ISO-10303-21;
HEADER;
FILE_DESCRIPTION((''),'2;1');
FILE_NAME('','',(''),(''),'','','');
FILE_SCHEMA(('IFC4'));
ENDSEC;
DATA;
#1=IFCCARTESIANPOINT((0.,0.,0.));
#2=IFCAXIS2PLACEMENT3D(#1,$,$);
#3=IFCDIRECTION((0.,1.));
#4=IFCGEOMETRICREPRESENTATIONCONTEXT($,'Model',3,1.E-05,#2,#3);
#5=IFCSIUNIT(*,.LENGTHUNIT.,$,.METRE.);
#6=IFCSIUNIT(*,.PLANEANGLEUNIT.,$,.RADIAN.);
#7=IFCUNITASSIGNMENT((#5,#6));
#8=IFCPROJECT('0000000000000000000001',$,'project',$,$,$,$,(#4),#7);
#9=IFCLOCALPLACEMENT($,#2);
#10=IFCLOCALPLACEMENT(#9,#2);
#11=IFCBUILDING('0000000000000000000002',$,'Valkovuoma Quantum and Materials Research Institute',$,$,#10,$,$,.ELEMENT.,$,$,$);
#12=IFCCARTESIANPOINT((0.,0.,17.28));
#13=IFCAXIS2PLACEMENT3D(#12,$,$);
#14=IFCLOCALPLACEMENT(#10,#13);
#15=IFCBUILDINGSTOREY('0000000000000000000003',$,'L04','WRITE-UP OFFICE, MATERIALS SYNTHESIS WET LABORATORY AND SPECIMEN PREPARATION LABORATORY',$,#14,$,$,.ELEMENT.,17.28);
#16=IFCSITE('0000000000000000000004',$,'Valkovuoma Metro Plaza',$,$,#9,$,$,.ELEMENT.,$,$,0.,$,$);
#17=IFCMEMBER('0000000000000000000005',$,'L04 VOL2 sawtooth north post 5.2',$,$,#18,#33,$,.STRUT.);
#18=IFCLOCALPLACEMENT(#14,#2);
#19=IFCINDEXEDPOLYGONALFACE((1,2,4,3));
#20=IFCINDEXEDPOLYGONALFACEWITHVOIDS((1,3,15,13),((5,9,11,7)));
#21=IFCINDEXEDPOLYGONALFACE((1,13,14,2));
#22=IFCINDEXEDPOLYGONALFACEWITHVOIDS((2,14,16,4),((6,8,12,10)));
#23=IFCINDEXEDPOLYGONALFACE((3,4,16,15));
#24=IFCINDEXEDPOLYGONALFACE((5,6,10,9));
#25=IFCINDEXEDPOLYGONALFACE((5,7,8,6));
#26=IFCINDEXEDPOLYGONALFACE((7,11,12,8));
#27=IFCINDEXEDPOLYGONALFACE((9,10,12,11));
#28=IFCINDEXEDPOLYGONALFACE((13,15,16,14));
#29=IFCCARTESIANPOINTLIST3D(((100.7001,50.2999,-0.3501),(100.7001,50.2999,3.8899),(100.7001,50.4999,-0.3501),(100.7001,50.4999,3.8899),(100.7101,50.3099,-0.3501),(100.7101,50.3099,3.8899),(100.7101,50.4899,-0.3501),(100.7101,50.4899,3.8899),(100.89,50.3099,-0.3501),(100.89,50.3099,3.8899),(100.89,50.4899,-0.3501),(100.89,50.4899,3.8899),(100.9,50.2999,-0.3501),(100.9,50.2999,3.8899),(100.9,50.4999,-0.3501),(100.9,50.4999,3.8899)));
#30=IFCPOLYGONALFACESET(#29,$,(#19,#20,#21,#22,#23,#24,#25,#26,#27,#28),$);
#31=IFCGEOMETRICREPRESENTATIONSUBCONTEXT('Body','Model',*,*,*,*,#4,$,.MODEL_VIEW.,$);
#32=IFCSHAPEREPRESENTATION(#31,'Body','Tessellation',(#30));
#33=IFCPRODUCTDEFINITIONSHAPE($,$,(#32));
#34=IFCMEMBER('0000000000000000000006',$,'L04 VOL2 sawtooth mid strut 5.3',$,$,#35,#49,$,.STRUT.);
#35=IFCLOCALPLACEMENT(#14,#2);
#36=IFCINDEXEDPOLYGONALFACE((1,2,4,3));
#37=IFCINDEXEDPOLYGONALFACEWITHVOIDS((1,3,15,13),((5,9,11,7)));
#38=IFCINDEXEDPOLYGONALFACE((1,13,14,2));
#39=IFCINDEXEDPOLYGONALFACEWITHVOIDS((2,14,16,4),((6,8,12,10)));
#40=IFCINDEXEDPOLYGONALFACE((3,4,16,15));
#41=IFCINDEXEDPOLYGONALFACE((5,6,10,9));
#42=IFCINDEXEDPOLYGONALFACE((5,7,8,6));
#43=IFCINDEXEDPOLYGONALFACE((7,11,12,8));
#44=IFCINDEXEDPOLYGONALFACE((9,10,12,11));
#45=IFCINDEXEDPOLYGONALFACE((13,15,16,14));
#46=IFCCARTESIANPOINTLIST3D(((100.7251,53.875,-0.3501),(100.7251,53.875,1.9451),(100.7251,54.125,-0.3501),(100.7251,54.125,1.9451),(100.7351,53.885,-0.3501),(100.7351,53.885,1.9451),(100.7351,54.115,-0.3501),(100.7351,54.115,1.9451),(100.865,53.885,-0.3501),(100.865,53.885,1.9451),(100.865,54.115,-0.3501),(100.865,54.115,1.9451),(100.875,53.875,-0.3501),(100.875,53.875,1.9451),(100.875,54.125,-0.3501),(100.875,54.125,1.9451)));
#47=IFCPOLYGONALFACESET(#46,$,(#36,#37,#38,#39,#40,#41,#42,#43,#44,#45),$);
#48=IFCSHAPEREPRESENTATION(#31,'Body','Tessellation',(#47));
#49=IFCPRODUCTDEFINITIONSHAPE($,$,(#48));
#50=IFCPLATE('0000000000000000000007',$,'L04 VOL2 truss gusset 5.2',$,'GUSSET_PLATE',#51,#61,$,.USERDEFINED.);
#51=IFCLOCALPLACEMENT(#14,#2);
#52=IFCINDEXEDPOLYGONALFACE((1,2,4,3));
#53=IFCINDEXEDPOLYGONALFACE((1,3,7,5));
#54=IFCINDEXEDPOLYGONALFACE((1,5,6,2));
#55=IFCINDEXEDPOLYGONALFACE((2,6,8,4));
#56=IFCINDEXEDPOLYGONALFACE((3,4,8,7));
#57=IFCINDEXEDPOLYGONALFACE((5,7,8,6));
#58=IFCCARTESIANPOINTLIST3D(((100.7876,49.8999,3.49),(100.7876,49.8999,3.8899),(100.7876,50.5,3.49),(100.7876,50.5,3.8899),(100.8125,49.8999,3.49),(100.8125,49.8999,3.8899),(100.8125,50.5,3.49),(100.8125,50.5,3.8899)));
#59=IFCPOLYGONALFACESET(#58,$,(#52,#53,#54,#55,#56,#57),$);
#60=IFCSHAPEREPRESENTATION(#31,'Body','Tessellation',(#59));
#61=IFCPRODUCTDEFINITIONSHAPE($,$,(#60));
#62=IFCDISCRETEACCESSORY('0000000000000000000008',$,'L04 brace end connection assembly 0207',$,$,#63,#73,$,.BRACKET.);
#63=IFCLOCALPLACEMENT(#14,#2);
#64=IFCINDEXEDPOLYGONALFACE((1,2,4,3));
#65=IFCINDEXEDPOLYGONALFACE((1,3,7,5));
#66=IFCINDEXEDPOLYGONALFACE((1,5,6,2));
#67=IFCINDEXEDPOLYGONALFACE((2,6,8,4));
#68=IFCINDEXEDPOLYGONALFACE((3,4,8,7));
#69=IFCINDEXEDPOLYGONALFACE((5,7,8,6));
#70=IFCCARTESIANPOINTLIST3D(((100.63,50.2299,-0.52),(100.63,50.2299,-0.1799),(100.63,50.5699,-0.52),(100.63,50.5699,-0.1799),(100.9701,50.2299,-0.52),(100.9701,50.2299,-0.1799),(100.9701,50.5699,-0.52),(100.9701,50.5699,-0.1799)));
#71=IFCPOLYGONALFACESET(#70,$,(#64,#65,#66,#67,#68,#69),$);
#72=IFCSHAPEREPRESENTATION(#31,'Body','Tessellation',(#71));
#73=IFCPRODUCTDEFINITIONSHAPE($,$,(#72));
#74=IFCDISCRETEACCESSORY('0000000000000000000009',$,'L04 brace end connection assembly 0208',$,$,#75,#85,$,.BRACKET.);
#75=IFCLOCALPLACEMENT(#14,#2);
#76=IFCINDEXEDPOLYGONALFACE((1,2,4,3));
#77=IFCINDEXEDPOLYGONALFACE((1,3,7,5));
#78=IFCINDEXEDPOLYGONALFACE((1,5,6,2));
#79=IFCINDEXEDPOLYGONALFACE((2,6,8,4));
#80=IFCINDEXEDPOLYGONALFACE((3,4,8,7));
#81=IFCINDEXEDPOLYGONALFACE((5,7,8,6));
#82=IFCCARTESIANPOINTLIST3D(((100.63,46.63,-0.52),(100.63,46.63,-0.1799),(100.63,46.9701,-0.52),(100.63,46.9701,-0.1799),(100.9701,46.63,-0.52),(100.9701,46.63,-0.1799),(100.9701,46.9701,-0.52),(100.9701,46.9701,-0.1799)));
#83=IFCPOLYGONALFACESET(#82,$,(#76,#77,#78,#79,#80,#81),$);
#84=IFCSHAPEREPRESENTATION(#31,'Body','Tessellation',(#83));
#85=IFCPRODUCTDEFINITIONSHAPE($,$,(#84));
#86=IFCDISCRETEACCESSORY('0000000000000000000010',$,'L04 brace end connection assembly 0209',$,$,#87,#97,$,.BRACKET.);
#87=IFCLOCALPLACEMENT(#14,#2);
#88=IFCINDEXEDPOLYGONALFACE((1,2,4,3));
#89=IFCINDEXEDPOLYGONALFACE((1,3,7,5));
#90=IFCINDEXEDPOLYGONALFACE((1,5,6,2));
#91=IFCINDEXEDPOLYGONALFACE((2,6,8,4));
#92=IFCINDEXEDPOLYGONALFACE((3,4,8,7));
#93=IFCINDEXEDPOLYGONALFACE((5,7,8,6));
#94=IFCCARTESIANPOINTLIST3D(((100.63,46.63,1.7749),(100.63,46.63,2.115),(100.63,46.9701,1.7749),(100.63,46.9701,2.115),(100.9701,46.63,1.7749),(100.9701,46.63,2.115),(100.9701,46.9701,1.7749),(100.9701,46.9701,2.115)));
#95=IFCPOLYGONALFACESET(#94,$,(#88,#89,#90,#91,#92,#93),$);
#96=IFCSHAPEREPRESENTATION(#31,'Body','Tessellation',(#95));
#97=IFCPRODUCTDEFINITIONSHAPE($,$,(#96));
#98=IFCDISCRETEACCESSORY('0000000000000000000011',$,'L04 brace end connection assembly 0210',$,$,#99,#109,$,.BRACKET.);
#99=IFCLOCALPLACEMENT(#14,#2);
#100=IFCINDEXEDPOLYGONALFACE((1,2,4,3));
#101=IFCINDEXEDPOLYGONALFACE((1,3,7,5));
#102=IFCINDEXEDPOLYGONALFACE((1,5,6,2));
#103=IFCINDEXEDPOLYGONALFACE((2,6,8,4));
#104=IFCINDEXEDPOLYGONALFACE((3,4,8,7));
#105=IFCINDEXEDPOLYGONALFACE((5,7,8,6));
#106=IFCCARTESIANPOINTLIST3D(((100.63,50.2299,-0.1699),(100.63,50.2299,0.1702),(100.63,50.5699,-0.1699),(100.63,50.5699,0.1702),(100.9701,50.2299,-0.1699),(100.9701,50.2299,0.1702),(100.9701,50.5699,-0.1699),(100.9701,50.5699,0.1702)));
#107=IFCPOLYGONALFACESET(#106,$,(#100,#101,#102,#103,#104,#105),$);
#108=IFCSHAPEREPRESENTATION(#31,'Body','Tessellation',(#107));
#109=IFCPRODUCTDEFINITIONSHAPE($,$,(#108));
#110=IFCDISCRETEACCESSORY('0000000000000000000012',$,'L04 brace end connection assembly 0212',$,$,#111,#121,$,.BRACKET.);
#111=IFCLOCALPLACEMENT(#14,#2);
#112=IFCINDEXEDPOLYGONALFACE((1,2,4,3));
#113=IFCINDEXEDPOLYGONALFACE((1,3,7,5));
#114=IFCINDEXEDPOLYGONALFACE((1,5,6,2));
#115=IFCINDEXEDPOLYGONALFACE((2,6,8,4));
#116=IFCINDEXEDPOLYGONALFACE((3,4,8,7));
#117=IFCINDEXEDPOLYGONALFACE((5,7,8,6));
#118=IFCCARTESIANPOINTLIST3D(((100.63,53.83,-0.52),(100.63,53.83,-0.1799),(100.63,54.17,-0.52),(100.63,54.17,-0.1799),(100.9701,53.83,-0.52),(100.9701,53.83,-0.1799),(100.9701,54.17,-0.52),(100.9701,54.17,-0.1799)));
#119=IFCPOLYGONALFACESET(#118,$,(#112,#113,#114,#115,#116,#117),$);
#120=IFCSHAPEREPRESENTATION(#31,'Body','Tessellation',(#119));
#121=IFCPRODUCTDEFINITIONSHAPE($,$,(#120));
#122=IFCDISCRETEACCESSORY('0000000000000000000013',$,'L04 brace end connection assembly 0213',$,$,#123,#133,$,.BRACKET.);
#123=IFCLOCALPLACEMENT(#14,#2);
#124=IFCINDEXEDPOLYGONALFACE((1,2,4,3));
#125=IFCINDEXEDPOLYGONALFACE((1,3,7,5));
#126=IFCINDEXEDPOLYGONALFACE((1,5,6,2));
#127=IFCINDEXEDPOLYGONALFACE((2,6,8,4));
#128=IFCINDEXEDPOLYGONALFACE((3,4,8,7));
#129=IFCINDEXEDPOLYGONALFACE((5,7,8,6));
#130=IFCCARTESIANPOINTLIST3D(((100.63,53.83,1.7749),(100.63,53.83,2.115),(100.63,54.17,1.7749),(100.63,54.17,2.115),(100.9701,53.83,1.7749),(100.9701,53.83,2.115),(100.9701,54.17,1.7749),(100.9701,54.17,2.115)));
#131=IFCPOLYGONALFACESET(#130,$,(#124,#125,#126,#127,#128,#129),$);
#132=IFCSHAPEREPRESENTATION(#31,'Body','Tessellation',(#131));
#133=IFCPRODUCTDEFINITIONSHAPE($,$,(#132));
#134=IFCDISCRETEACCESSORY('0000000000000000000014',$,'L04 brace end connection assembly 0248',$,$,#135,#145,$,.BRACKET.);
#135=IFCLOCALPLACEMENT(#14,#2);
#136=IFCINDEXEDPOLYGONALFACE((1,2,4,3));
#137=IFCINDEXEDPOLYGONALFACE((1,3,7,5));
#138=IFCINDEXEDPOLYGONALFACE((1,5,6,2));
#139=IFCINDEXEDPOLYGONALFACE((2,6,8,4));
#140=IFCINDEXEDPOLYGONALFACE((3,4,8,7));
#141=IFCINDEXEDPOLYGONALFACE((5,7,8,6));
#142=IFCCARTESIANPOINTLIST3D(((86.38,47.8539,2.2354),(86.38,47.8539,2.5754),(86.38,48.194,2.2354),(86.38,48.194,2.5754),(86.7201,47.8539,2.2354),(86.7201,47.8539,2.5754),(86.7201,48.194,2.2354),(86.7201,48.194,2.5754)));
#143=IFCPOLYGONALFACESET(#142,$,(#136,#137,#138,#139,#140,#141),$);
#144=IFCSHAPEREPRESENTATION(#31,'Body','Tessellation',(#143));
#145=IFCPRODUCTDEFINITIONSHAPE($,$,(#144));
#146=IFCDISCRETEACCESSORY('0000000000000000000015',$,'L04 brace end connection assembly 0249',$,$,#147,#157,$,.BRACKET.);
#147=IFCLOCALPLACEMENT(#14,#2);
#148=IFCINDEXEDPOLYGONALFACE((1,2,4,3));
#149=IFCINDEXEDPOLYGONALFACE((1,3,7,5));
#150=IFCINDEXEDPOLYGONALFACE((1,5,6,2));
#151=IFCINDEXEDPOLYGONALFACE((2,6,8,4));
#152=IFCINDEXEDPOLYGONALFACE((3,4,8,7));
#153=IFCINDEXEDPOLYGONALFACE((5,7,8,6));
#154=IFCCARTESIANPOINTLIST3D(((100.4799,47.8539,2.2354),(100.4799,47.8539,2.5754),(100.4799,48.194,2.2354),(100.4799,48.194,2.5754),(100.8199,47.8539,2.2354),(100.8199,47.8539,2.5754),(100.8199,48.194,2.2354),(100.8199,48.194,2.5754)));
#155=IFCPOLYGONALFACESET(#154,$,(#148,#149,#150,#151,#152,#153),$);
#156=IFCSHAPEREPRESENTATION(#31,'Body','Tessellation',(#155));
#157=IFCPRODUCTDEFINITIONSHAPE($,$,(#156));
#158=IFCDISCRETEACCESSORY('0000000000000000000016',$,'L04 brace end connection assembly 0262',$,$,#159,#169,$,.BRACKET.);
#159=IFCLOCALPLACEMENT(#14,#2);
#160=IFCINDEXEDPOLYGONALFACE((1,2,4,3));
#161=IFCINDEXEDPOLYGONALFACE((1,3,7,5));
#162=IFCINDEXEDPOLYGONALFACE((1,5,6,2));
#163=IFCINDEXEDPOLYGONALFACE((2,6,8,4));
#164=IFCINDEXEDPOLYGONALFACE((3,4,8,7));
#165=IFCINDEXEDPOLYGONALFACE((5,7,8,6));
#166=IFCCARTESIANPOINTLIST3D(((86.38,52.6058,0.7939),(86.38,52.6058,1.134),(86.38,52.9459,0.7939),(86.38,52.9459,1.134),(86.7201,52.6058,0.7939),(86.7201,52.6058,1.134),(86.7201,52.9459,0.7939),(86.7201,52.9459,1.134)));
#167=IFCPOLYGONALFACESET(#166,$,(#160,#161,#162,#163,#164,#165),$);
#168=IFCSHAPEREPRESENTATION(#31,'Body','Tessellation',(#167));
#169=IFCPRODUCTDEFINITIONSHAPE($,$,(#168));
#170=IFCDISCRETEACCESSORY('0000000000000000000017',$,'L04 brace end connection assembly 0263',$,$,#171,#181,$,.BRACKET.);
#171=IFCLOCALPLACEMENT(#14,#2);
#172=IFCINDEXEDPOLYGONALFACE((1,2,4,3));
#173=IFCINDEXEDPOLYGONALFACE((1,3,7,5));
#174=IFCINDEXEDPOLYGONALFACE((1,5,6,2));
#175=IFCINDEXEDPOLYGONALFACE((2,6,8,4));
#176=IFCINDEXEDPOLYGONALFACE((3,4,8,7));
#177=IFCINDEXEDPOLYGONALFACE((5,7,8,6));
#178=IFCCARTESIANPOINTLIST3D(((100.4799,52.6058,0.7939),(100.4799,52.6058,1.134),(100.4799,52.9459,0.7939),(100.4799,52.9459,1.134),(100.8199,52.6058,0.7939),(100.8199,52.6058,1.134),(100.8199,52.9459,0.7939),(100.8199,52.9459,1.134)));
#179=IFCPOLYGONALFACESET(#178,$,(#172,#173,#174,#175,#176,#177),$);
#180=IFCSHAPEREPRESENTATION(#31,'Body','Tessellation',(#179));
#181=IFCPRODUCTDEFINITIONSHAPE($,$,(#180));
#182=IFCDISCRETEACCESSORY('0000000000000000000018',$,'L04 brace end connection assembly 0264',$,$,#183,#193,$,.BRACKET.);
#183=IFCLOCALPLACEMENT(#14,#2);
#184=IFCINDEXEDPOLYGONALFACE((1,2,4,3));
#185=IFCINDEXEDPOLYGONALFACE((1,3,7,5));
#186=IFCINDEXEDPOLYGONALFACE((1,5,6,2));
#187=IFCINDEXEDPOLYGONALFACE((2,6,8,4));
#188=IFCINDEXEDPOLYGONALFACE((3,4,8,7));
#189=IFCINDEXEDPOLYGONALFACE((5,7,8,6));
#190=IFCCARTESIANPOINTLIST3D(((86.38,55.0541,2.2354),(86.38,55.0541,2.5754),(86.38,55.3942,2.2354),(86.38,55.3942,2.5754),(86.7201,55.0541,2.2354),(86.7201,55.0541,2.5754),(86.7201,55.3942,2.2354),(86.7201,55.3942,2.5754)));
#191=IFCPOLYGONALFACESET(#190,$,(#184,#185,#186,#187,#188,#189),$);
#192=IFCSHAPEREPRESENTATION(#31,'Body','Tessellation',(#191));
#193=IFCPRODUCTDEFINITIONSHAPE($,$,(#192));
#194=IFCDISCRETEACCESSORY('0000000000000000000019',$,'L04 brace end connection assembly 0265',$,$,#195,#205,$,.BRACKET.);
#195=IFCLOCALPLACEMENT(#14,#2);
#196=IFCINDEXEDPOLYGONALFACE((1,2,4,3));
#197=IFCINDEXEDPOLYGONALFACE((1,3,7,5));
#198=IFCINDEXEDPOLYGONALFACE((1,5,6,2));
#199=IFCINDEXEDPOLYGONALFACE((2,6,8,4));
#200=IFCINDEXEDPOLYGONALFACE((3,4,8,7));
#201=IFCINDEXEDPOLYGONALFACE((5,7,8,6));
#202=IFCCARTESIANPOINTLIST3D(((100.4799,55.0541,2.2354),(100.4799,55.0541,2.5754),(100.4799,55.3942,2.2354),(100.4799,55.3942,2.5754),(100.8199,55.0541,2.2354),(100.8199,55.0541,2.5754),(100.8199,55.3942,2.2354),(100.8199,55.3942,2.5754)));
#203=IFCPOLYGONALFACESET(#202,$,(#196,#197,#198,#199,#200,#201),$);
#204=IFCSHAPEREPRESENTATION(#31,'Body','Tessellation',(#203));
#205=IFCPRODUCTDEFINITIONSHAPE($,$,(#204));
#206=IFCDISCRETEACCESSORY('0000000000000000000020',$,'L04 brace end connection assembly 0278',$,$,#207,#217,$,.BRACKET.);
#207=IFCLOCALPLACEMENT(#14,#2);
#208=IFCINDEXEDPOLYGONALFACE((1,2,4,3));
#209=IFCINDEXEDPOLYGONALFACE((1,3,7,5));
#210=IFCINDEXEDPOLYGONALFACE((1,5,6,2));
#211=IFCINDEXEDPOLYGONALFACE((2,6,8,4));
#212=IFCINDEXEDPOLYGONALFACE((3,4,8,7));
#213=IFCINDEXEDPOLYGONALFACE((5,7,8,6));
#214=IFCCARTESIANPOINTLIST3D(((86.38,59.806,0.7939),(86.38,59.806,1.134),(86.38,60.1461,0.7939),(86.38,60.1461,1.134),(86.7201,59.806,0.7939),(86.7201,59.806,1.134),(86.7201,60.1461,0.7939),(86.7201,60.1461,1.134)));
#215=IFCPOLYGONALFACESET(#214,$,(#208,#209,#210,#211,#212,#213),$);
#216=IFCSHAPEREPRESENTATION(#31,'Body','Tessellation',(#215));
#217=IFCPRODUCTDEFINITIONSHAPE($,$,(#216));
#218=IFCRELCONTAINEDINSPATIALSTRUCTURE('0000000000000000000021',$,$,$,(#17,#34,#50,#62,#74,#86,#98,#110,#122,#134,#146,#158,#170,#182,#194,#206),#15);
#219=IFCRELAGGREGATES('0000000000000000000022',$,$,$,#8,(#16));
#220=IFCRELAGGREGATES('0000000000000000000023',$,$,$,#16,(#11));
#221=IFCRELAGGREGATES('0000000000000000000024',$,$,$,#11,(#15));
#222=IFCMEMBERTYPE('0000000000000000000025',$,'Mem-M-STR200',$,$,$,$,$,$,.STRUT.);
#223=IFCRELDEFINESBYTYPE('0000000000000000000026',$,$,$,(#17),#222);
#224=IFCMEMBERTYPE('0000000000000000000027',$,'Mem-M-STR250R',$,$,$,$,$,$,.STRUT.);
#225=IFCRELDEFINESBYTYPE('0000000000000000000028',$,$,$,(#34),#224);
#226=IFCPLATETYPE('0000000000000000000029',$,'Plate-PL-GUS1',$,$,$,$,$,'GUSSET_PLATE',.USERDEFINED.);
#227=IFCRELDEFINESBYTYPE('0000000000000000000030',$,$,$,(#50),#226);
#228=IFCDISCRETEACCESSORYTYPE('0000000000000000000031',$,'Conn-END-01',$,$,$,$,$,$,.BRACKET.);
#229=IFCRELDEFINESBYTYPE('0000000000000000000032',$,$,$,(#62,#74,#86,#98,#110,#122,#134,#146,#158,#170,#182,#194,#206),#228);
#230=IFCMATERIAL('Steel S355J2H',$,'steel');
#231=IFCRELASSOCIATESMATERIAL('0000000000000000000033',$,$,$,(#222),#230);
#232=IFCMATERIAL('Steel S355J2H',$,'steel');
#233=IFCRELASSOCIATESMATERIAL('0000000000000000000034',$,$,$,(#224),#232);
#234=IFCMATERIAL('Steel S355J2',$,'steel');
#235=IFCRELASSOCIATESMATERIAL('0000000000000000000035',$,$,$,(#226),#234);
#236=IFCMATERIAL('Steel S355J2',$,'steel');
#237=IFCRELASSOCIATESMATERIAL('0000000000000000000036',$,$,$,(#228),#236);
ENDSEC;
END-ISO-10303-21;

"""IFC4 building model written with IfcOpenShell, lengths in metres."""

from ifc_helpers import new_model, si_unit, direction, frame, origin, origin_2d, place, context, subcontext, project, spatial, rectangle, hollow_rectangle, extrude, material, material_profile, profile_set, type_object, element, save


model = new_model("IFC4")

# Units and contexts
model_context = context("Model", 3, precision=1e-05, world=origin(), true_north=direction((0.0, 1.0)))
body_context = subcontext(model_context, "Body", "Model", "MODEL_VIEW")
ifc_project = project(units=[si_unit("LENGTHUNIT", "METRE"), si_unit("PLANEANGLEUNIT", "RADIAN")], contexts=[model_context])

# Site, building, storey
site_placement = place(None, origin())
site = spatial("IfcSite", under=ifc_project, at=site_placement, Name="Valkovuoma Metro Plaza", CompositionType="ELEMENT", RefElevation=0.0)
building_placement = place(site_placement, origin())
building = spatial("IfcBuilding", under=site, at=building_placement, Name="Valkovuoma Quantum and Materials Research Institute", CompositionType="ELEMENT")
storey_placement = place(building_placement, frame((0.0, 0.0, 17.28)))
storey = spatial("IfcBuildingStorey", under=building, at=storey_placement, Name="L04", Description="WRITE-UP OFFICE, MATERIALS SYNTHESIS WET LABORATORY AND SPECIMEN PREPARATION LABORATORY", CompositionType="ELEMENT", Elevation=17.28)

# Members
ifc_material_1 = material(Name="Steel S355J2H", Category="steel")
ifc_material_profile_1 = material_profile(ifc_material_1, hollow_rectangle(XDim=0.2, YDim=0.2, WallThickness=0.01, at=origin_2d()), Name="Steel S355J2H")
ifc_profile_set_1 = profile_set([ifc_material_profile_1], Name="Steel S355J2H")
member_type_1 = type_object("IfcMemberType", Name="Mem-M-STR200", PredefinedType="STRUT", material=ifc_profile_set_1)
member_1_placement = place(storey_placement, frame((100.8, 50.3999, -0.3501), z_axis=(0.0, 0.0, 1.0), x_axis=(1.0, 0.0, 0.0)))
element("IfcMember", 1, at=member_1_placement, inside=storey, type_object=member_type_1, Name="L04 VOL2 sawtooth north post 5.2", PredefinedType="STRUT", context=body_context, shape_type="SweptSolid", body=[
    extrude(hollow_rectangle(XDim=0.2, YDim=0.2, WallThickness=0.01, at=origin_2d()), origin(), (0.0, 0.0, 1.0), 4.24),
])
ifc_material_2 = material(Name="Steel S355J2H", Category="steel")
ifc_material_profile_2 = material_profile(ifc_material_2, hollow_rectangle(XDim=0.1499, YDim=0.25, WallThickness=0.01, at=origin_2d()), Name="Steel S355J2H")
ifc_profile_set_2 = profile_set([ifc_material_profile_2], Name="Steel S355J2H")
member_type_2 = type_object("IfcMemberType", Name="Mem-M-STR250R", PredefinedType="STRUT", material=ifc_profile_set_2)
member_2_placement = place(storey_placement, frame((100.8, 54.0, -0.3501), z_axis=(0.0, 0.0, 1.0), x_axis=(1.0, 0.0, 0.0)))
element("IfcMember", 2, at=member_2_placement, inside=storey, type_object=member_type_2, Name="L04 VOL2 sawtooth mid strut 5.3", PredefinedType="STRUT", context=body_context, shape_type="SweptSolid", body=[
    extrude(hollow_rectangle(XDim=0.1499, YDim=0.25, WallThickness=0.01, at=origin_2d()), origin(), (0.0, 0.0, 1.0), 2.2952),
])

# Plate
ifc_material_3 = material(Name="Steel S355J2", Category="steel")
plate_type = type_object("IfcPlateType", Name="Plate-PL-GUS1", ElementType="GUSSET_PLATE", PredefinedType="USERDEFINED", material=ifc_material_3)
plate_placement = place(storey_placement, frame((100.8, 50.2, 3.49), z_axis=(0.0, 0.0, 1.0), x_axis=(0.0, 1.0, 0.0)))
element("IfcPlate", 3, at=plate_placement, inside=storey, type_object=plate_type, Name="L04 VOL2 truss gusset 5.2", ObjectType="GUSSET_PLATE", PredefinedType="USERDEFINED", context=body_context, shape_type="SweptSolid", body=[
    extrude(rectangle(XDim=0.6001, YDim=0.0249, at=origin_2d()), origin(), (0.0, 0.0, 1.0), 0.3999),
])

# Discrete accessories
ifc_material_4 = material(Name="Steel S355J2", Category="steel")
discrete_accessory_type = type_object("IfcDiscreteAccessoryType", Name="Conn-END-01", PredefinedType="BRACKET", material=ifc_material_4)
for number, where, z_axis, x_axis, name in (
    (4, (100.8, 50.3999, -0.52), (0.0, 0.0, 1.0), (1.0, 0.0, 0.0), "L04 brace end connection assembly 0207"),
    (5, (100.8, 46.8, -0.52), (0.0, 0.0, 1.0), (1.0, 0.0, 0.0), "L04 brace end connection assembly 0208"),
    (6, (100.8, 46.8, 1.7749), (0.0, 0.0, 1.0), (1.0, 0.0, 0.0), "L04 brace end connection assembly 0209"),
    (7, (100.8, 50.3999, -0.1699), (0.0, 0.0, 1.0), (1.0, 0.0, 0.0), "L04 brace end connection assembly 0210"),
    (8, (100.8, 54.0, -0.52), (0.0, 0.0, 1.0), (1.0, 0.0, 0.0), "L04 brace end connection assembly 0212"),
    (9, (100.8, 54.0, 1.7749), (0.0, 0.0, 1.0), (1.0, 0.0, 0.0), "L04 brace end connection assembly 0213"),
    (10, (86.55, 48.0239, 2.2354), (0.0, 0.0, 1.0), (1.0, 0.0, 0.0), "L04 brace end connection assembly 0248"),
    (11, (100.6499, 48.0239, 2.2354), (0.0, 0.0, 1.0), (1.0, 0.0, 0.0), "L04 brace end connection assembly 0249"),
    (12, (86.55, 52.7759, 0.7939), (0.0, 0.0, 1.0), (1.0, 0.0, 0.0), "L04 brace end connection assembly 0262"),
    (13, (100.6499, 52.7759, 0.7939), (0.0, 0.0, 1.0), (1.0, 0.0, 0.0), "L04 brace end connection assembly 0263"),
    (14, (86.55, 55.2241, 2.2354), (0.0, 0.0, 1.0), (1.0, 0.0, 0.0), "L04 brace end connection assembly 0264"),
    (15, (100.6499, 55.2241, 2.2354), (0.0, 0.0, 1.0), (1.0, 0.0, 0.0), "L04 brace end connection assembly 0265"),
    (16, (86.55, 59.9761, 0.7939), (0.0, 0.0, 1.0), (1.0, 0.0, 0.0), "L04 brace end connection assembly 0278"),
):
    element("IfcDiscreteAccessory", number, at=place(storey_placement, frame(where, z_axis=z_axis, x_axis=x_axis)), inside=storey, type_object=discrete_accessory_type, Name=name, PredefinedType="BRACKET", context=body_context, shape_type="SweptSolid", body=[
        extrude(rectangle(XDim=0.3401, YDim=0.3401, at=origin_2d()), origin(), (0.0, 0.0, 1.0), 0.3401),
    ])

save(model, "model.ifc")
